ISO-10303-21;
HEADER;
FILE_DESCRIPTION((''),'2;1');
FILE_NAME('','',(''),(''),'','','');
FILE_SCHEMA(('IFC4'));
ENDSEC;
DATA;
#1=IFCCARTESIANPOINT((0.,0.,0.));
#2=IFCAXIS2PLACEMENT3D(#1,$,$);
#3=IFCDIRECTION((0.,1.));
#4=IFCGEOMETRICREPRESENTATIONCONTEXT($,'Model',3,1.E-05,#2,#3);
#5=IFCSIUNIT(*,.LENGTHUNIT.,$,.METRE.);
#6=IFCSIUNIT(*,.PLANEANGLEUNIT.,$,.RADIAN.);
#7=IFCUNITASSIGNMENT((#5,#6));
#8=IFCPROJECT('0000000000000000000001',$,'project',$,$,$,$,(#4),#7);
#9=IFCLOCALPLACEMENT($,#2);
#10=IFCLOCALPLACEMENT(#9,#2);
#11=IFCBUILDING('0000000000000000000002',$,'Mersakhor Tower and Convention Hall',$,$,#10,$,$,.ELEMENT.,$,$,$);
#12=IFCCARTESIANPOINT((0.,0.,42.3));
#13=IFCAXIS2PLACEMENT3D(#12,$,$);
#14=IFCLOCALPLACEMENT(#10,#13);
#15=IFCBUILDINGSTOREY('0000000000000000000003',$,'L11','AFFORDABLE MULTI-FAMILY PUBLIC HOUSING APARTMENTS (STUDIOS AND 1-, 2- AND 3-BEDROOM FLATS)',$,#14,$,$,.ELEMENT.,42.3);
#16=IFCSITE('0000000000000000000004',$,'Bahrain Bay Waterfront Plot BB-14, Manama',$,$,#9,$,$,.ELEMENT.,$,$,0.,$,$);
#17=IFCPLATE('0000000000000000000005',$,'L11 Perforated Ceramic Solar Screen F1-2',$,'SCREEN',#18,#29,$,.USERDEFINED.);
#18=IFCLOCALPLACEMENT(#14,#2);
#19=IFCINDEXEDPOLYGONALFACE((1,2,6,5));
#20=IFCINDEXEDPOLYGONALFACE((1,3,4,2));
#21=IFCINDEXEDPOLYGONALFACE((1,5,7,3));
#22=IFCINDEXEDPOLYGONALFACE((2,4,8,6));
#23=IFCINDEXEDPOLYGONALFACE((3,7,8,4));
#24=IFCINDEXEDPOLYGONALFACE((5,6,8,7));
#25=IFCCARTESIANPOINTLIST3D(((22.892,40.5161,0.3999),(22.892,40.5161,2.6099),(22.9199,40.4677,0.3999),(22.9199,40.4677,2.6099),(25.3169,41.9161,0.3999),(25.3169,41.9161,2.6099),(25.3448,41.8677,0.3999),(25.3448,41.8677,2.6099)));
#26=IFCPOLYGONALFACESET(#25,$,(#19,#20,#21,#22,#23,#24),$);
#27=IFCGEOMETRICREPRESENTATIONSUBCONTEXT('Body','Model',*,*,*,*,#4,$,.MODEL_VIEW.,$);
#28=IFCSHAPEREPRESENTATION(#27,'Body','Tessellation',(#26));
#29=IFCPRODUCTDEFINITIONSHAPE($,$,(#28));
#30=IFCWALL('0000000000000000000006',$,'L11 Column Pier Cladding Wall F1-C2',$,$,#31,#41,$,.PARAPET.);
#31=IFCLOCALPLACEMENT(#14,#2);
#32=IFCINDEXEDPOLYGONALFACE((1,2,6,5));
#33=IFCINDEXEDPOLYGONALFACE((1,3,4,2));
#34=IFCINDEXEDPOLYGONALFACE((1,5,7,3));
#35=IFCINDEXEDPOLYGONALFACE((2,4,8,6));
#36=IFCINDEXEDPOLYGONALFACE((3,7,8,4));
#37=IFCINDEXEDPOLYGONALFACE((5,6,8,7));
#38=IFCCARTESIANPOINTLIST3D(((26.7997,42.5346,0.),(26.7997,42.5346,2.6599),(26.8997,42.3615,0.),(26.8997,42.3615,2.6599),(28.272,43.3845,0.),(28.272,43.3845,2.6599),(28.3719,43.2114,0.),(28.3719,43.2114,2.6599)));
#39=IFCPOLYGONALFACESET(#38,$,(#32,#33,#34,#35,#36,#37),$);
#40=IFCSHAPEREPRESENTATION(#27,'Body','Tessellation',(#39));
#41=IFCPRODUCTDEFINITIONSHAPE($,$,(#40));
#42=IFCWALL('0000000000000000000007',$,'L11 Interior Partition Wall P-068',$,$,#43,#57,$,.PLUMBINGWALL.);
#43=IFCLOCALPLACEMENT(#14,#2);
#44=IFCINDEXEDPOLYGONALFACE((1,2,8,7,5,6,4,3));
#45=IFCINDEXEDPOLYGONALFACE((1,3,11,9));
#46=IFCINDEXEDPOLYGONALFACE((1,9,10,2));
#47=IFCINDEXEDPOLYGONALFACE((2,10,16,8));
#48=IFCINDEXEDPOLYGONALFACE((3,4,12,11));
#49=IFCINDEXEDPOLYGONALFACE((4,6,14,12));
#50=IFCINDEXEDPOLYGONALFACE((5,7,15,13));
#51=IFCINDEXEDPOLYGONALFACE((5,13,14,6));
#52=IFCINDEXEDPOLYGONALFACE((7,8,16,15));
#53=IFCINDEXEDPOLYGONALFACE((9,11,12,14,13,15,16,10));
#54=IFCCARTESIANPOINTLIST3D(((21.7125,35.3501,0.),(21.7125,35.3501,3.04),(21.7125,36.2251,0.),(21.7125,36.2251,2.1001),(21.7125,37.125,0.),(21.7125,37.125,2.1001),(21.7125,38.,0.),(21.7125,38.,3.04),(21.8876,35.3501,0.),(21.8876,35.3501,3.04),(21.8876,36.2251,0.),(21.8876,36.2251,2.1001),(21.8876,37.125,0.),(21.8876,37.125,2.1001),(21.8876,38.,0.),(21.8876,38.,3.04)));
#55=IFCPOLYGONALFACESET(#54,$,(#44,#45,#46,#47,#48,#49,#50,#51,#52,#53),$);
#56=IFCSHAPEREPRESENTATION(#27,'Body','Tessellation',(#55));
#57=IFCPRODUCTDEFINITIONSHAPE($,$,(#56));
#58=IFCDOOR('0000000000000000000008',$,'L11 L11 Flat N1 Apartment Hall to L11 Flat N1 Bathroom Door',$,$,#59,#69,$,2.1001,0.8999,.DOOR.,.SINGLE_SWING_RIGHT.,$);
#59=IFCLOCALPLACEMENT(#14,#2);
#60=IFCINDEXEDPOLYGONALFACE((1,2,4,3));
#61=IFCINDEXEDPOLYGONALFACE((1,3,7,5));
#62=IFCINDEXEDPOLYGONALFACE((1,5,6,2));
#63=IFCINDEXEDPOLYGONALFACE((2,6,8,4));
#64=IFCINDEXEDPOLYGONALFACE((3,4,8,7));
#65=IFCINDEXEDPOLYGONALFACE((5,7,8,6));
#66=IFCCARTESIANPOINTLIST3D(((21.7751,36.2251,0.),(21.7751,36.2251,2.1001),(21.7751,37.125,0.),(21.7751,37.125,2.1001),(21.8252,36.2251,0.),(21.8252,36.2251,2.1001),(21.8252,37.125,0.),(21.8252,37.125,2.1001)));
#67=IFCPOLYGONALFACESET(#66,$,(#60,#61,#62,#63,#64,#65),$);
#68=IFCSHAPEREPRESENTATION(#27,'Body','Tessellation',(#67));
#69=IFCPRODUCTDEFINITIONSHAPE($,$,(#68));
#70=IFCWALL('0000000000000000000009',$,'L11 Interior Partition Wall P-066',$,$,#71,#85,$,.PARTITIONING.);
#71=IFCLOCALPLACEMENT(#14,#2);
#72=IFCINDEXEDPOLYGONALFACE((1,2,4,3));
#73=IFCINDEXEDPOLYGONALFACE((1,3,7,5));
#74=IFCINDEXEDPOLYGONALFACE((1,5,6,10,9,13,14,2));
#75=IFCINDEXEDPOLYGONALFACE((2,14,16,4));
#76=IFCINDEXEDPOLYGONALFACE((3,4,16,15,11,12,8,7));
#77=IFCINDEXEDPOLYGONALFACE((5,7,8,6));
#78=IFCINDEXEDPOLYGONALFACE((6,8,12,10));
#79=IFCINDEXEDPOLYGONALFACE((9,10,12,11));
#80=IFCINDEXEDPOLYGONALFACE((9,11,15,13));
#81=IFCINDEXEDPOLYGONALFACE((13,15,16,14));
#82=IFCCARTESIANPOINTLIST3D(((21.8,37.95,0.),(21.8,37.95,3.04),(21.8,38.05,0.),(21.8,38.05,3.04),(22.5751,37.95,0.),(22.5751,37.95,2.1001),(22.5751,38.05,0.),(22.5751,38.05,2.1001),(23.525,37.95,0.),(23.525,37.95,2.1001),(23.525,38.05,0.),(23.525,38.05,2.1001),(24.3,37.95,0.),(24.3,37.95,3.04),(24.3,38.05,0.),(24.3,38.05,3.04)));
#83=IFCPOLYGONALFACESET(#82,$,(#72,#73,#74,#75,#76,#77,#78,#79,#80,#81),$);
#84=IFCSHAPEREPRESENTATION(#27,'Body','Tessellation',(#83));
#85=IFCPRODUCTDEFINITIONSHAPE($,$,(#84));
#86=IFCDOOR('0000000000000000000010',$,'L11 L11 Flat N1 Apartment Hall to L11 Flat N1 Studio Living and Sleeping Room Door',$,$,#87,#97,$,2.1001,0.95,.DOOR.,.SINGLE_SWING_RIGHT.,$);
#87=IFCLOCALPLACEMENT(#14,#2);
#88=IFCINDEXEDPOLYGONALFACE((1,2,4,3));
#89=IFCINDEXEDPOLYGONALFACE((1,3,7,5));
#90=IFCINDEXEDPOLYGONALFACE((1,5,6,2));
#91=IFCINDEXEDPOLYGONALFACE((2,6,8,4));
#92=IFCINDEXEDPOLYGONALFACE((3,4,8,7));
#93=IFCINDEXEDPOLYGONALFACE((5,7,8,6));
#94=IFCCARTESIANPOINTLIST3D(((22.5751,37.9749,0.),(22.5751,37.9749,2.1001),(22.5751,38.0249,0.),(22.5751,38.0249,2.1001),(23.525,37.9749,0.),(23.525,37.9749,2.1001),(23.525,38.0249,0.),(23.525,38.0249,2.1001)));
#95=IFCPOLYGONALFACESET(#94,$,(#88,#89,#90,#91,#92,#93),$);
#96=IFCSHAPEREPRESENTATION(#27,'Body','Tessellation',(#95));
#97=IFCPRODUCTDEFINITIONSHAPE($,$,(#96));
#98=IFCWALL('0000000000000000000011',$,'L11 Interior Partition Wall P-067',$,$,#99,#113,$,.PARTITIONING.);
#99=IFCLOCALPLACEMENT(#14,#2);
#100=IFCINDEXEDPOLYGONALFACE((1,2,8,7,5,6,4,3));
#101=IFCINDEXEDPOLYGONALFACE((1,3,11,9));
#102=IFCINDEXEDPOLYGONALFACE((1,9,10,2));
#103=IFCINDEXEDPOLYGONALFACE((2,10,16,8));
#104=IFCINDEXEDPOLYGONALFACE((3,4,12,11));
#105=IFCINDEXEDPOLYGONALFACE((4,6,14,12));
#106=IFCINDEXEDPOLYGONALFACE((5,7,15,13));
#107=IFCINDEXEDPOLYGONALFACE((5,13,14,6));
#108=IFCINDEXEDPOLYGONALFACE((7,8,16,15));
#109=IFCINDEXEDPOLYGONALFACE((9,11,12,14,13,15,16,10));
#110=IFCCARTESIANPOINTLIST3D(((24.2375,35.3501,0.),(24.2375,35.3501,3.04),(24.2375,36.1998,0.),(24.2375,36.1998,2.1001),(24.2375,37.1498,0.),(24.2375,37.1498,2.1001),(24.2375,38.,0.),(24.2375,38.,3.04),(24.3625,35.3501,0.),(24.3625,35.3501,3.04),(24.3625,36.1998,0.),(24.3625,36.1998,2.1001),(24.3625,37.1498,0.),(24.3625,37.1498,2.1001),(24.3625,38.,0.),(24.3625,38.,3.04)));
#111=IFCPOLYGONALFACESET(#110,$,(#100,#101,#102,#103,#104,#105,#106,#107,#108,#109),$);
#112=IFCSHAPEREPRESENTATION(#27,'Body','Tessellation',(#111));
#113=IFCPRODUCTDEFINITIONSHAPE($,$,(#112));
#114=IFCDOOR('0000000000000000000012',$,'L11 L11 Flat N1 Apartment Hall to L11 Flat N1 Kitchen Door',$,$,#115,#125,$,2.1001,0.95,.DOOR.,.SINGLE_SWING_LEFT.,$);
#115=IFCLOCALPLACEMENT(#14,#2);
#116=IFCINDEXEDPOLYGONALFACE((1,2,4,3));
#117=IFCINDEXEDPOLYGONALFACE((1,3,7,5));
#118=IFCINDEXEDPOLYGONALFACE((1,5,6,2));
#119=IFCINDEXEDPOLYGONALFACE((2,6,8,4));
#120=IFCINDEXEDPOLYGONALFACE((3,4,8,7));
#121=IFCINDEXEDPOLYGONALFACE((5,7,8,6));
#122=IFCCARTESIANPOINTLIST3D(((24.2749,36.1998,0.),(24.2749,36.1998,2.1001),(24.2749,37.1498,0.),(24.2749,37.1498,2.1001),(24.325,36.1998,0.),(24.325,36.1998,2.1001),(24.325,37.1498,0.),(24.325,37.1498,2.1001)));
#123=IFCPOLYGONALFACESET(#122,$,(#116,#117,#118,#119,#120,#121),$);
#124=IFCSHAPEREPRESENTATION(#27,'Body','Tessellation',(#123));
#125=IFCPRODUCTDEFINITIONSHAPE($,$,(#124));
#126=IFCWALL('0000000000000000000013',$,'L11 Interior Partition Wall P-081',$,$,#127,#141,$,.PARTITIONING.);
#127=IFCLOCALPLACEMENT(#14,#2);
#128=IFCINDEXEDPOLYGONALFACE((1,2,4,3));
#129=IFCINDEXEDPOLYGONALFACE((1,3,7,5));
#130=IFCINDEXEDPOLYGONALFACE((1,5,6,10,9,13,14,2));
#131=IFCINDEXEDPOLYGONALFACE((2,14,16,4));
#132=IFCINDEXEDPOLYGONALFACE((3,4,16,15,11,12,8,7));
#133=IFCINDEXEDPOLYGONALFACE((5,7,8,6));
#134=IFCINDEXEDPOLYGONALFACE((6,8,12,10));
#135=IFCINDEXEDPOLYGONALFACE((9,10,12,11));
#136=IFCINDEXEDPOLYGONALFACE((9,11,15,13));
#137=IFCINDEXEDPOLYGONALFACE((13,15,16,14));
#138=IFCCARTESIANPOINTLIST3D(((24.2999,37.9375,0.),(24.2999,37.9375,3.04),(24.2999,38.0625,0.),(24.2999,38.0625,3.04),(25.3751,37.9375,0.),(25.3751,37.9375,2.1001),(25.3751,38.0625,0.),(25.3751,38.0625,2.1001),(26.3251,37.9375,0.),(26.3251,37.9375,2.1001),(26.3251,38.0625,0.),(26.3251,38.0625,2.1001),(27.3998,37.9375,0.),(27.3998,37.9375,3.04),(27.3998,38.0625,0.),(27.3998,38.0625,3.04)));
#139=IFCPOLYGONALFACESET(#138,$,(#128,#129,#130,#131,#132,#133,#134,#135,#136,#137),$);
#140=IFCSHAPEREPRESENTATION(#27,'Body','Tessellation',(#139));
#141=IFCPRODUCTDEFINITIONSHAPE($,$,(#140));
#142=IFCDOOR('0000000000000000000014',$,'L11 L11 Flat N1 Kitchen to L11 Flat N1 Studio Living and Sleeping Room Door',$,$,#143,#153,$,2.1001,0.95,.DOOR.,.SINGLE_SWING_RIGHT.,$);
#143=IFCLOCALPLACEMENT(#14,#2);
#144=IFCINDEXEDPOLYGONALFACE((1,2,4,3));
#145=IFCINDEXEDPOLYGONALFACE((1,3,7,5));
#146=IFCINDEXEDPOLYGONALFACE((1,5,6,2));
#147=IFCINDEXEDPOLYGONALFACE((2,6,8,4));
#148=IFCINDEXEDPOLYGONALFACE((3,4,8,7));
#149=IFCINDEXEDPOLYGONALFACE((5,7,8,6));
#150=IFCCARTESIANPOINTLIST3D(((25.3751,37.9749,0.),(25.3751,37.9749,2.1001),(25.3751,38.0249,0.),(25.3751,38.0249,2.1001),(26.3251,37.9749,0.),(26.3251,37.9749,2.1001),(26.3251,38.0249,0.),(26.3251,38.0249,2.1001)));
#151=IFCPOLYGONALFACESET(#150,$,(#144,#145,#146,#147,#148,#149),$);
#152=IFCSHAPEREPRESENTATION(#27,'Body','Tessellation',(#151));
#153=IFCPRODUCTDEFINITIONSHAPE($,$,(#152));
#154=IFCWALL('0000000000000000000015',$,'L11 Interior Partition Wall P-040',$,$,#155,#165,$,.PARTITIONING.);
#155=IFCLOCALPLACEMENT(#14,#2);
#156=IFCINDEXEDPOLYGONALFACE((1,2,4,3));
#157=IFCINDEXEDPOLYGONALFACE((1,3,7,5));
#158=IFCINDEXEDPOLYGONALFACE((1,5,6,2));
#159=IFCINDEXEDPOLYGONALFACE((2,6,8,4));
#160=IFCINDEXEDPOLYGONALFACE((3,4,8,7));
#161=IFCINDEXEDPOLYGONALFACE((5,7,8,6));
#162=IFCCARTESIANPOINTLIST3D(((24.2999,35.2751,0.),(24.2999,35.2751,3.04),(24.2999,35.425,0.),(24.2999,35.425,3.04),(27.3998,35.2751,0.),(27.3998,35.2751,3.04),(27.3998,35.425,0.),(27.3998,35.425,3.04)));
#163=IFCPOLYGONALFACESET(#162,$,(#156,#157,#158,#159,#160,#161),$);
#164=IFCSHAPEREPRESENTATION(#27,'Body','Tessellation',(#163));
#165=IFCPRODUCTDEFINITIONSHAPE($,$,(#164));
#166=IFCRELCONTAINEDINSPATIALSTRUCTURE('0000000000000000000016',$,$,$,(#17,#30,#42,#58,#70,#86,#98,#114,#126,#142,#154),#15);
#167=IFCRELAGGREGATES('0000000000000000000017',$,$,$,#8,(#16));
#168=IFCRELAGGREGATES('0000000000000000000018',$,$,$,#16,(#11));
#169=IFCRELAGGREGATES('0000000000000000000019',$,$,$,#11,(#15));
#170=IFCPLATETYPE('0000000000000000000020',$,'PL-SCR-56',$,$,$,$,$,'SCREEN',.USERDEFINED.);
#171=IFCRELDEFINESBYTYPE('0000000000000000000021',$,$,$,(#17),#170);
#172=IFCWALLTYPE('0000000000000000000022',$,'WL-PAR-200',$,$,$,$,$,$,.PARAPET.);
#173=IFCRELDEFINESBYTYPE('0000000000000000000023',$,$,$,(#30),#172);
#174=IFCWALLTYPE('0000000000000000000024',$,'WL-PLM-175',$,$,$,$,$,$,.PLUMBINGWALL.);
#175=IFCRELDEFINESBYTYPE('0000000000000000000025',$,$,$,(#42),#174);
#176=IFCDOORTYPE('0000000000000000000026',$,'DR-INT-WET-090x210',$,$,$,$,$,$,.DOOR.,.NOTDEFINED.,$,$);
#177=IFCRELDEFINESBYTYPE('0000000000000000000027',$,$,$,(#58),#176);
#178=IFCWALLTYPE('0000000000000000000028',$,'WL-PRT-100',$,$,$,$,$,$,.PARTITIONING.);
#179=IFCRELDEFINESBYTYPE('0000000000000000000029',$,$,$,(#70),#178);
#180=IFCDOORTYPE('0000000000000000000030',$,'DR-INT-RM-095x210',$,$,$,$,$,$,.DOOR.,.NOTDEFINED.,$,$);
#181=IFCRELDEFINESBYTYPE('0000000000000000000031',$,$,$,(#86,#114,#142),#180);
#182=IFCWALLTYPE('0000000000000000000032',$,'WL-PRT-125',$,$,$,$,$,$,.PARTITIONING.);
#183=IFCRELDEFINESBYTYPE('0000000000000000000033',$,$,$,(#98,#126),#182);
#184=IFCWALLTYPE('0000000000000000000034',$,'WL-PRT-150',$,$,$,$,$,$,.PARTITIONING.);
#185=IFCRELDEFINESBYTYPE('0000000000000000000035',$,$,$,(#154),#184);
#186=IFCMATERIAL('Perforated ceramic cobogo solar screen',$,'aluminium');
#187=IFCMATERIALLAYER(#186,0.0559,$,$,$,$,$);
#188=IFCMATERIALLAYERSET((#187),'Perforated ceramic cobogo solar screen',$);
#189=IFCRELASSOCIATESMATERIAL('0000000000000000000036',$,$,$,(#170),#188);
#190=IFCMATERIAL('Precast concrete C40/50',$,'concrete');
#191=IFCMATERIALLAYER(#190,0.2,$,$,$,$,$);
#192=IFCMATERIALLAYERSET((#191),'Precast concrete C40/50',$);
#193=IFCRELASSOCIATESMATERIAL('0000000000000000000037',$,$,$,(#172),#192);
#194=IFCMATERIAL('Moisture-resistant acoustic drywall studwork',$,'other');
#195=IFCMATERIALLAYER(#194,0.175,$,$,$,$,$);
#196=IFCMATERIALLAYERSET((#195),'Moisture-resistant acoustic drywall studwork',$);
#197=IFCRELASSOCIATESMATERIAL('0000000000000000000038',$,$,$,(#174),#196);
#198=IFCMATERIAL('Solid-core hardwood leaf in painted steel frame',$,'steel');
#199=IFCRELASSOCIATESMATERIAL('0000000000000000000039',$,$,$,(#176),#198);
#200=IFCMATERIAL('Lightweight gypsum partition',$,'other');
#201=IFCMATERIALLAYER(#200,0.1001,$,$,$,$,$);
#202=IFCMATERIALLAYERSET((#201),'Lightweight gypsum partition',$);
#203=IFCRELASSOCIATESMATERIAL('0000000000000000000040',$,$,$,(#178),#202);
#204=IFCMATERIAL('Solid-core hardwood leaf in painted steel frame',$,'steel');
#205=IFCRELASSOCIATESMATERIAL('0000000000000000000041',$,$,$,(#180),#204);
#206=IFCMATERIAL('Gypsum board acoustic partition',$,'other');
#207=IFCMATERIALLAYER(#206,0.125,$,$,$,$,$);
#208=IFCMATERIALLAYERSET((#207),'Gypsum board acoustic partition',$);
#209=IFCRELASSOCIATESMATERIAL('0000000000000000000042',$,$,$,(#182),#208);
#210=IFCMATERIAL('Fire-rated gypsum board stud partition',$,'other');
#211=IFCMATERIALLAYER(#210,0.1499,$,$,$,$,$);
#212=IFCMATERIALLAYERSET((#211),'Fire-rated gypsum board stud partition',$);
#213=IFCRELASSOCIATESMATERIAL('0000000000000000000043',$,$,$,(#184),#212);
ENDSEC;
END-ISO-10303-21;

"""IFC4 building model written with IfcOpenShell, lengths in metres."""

from ifc_helpers import new_model, si_unit, direction, frame, frame_2d, origin, origin_2d, place, context, subcontext, project, spatial, rectangle, extrude, material, layer, layer_set, type_object, element, fill, save


model = new_model("IFC4")

# Units and contexts
model_context = context("Model", 3, precision=1e-05, world=origin(), true_north=direction((0.0, 1.0)))
body_context = subcontext(model_context, "Body", "Model", "MODEL_VIEW")
ifc_project = project(units=[si_unit("LENGTHUNIT", "METRE"), si_unit("PLANEANGLEUNIT", "RADIAN")], contexts=[model_context])

# Site, building, storey
site_placement = place(None, origin())
site = spatial("IfcSite", under=ifc_project, at=site_placement, Name="Bahrain Bay Waterfront Plot BB-14, Manama", CompositionType="ELEMENT", RefElevation=0.0)
building_placement = place(site_placement, origin())
building = spatial("IfcBuilding", under=site, at=building_placement, Name="Mersakhor Tower and Convention Hall", CompositionType="ELEMENT")
storey_placement = place(building_placement, frame((0.0, 0.0, 42.3)))
storey = spatial("IfcBuildingStorey", under=building, at=storey_placement, Name="L11", Description="AFFORDABLE MULTI-FAMILY PUBLIC HOUSING APARTMENTS (STUDIOS AND 1-, 2- AND 3-BEDROOM FLATS)", CompositionType="ELEMENT", Elevation=42.3)

# Plate
ifc_material_1 = material(Name="Perforated ceramic cobogo solar screen", Category="aluminium")
ifc_layer_1 = layer(ifc_material_1, 0.0559)
ifc_layer_set_1 = layer_set([ifc_layer_1], Name="Perforated ceramic cobogo solar screen")
plate_type_1 = type_object("IfcPlateType", Name="PL-SCR-56", ElementType="SCREEN", PredefinedType="USERDEFINED", material=ifc_layer_set_1)
plate_1_placement = place(storey_placement, frame((24.1184, 41.1919, 0.3999), z_axis=(0.0, 0.0, 1.0), x_axis=(0.866025, 0.5, 0.0)))
element("IfcPlate", 1, at=plate_1_placement, inside=storey, type_object=plate_type_1, Name="L11 Perforated Ceramic Solar Screen F1-2", ObjectType="SCREEN", PredefinedType="USERDEFINED", context=body_context, shape_type="SweptSolid", body=[
    extrude(rectangle(XDim=2.8, YDim=0.0559, at=origin_2d()), origin(), (0.0, 0.0, 1.0), 2.21),
])

# Wall
ifc_material_2 = material(Name="Precast concrete C40/50", Category="concrete")
ifc_layer_2 = layer(ifc_material_2, 0.2)
ifc_layer_set_2 = layer_set([ifc_layer_2], Name="Precast concrete C40/50")
wall_type_1 = type_object("IfcWallType", Name="WL-PAR-200", PredefinedType="PARAPET", material=ifc_layer_set_2)
wall_1_placement = place(storey_placement, frame((26.8496, 42.448, 0.0), z_axis=(0.0, 0.0, 1.0), x_axis=(0.866052, 0.499955, 0.0)))
element("IfcWall", 2, at=wall_1_placement, inside=storey, type_object=wall_type_1, Name="L11 Column Pier Cladding Wall F1-C2", PredefinedType="PARAPET", context=body_context, shape_type="SweptSolid", body=[
    extrude(rectangle(XDim=1.7, YDim=0.2, at=frame_2d((0.8501, 0.0))), origin(), (0.0, 0.0, 1.0), 2.6599),
])

# Walls, openings, doors
ifc_material_3 = material(Name="Moisture-resistant acoustic drywall studwork", Category="other")
ifc_layer_3 = layer(ifc_material_3, 0.175)
ifc_layer_set_3 = layer_set([ifc_layer_3], Name="Moisture-resistant acoustic drywall studwork")
wall_type_2 = type_object("IfcWallType", Name="WL-PLM-175", PredefinedType="PLUMBINGWALL", material=ifc_layer_set_3)
wall_2_placement = place(storey_placement, frame((21.8, 35.3501, 0.0), z_axis=(0.0, 0.0, 1.0), x_axis=(0.0, 1.0, 0.0)))
wall_2 = element("IfcWall", 3, at=wall_2_placement, inside=storey, type_object=wall_type_2, Name="L11 Interior Partition Wall P-068", PredefinedType="PLUMBINGWALL", context=body_context, shape_type="SweptSolid", body=[
    extrude(rectangle(XDim=2.6499, YDim=0.175, at=frame_2d((1.325, 0.0))), origin(), (0.0, 0.0, 1.0), 3.04),
])
opening_1_placement = place(wall_2_placement, frame((0.875, 0.0, 0.0)))
opening_1 = element("IfcOpeningElement", 4, at=opening_1_placement, cuts=wall_2, PredefinedType="OPENING", context=body_context, shape_type="SweptSolid", body=[
    extrude(rectangle(XDim=0.8999, YDim=2.1001, at=frame_2d((0.45, 1.05))), frame((0.0, 0.0974, 0.0), z_axis=(0.0, -1.0, 0.0), x_axis=(1.0, 0.0, 0.0)), (0.0, 0.0, 1.0), 0.1951),
])
ifc_material_4 = material(Name="Solid-core hardwood leaf in painted steel frame", Category="steel")
door_type_1 = type_object("IfcDoorType", Name="DR-INT-WET-090x210", OperationType="NOTDEFINED", PredefinedType="DOOR", material=ifc_material_4)
door_1_placement = place(opening_1_placement, origin())
door_1 = element("IfcDoor", 5, at=door_1_placement, inside=storey, type_object=door_type_1, Name="L11 L11 Flat N1 Apartment Hall to L11 Flat N1 Bathroom Door", OperationType="SINGLE_SWING_RIGHT", OverallHeight=2.1001, OverallWidth=0.8999, PredefinedType="DOOR", context=body_context, shape_type="SweptSolid", body=[
    extrude(rectangle(XDim=0.8999, YDim=2.1001, at=frame_2d((0.45, 1.05))), frame((0.0, 0.0249, 0.0), z_axis=(0.0, -1.0, 0.0), x_axis=(1.0, 0.0, 0.0)), (0.0, 0.0, 1.0), 0.05),
])
fill(opening_1, door_1)
ifc_material_5 = material(Name="Lightweight gypsum partition", Category="other")
ifc_layer_4 = layer(ifc_material_5, 0.1001)
ifc_layer_set_4 = layer_set([ifc_layer_4], Name="Lightweight gypsum partition")
wall_type_3 = type_object("IfcWallType", Name="WL-PRT-100", PredefinedType="PARTITIONING", material=ifc_layer_set_4)
wall_3_placement = place(storey_placement, frame((21.8, 38.0, 0.0), z_axis=(0.0, 0.0, 1.0), x_axis=(1.0, 0.0, 0.0)))
wall_3 = element("IfcWall", 6, at=wall_3_placement, inside=storey, type_object=wall_type_3, Name="L11 Interior Partition Wall P-066", PredefinedType="PARTITIONING", context=body_context, shape_type="SweptSolid", body=[
    extrude(rectangle(XDim=2.5, YDim=0.1001, at=frame_2d((1.25, 0.0))), origin(), (0.0, 0.0, 1.0), 3.04),
])
opening_2_placement = place(wall_3_placement, frame((0.7749, 0.0, 0.0)))
opening_2 = element("IfcOpeningElement", 7, at=opening_2_placement, cuts=wall_3, PredefinedType="OPENING", context=body_context, shape_type="SweptSolid", body=[
    extrude(rectangle(XDim=0.95, YDim=2.1001, at=frame_2d((0.4751, 1.05))), frame((0.0, 0.0601, 0.0), z_axis=(0.0, -1.0, 0.0), x_axis=(1.0, 0.0, 0.0)), (0.0, 0.0, 1.0), 0.1201),
])
ifc_material_6 = material(Name="Solid-core hardwood leaf in painted steel frame", Category="steel")
door_type_2 = type_object("IfcDoorType", Name="DR-INT-RM-095x210", OperationType="NOTDEFINED", PredefinedType="DOOR", material=ifc_material_6)
door_2_placement = place(opening_2_placement, origin())
door_2 = element("IfcDoor", 8, at=door_2_placement, inside=storey, type_object=door_type_2, Name="L11 L11 Flat N1 Apartment Hall to L11 Flat N1 Studio Living and Sleeping Room Door", OperationType="SINGLE_SWING_RIGHT", OverallHeight=2.1001, OverallWidth=0.95, PredefinedType="DOOR", context=body_context, shape_type="SweptSolid", body=[
    extrude(rectangle(XDim=0.95, YDim=2.1001, at=frame_2d((0.4751, 1.05))), frame((0.0, 0.0249, 0.0), z_axis=(0.0, -1.0, 0.0), x_axis=(1.0, 0.0, 0.0)), (0.0, 0.0, 1.0), 0.05),
])
fill(opening_2, door_2)
ifc_material_7 = material(Name="Gypsum board acoustic partition", Category="other")
ifc_layer_5 = layer(ifc_material_7, 0.125)
ifc_layer_set_5 = layer_set([ifc_layer_5], Name="Gypsum board acoustic partition")
wall_type_4 = type_object("IfcWallType", Name="WL-PRT-125", PredefinedType="PARTITIONING", material=ifc_layer_set_5)
wall_4_placement = place(storey_placement, frame((24.3, 38.0, 0.0), z_axis=(0.0, 0.0, 1.0), x_axis=(0.0, -1.0, 0.0)))
wall_4 = element("IfcWall", 9, at=wall_4_placement, inside=storey, type_object=wall_type_4, Name="L11 Interior Partition Wall P-067", PredefinedType="PARTITIONING", context=body_context, shape_type="SweptSolid", body=[
    extrude(rectangle(XDim=2.6499, YDim=0.125, at=frame_2d((1.325, 0.0))), origin(), (0.0, 0.0, 1.0), 3.04),
])
opening_3_placement = place(wall_4_placement, frame((0.8501, 0.0, 0.0)))
opening_3 = element("IfcOpeningElement", 10, at=opening_3_placement, cuts=wall_4, PredefinedType="OPENING", context=body_context, shape_type="SweptSolid", body=[
    extrude(rectangle(XDim=0.95, YDim=2.1001, at=frame_2d((0.4751, 1.05))), frame((0.0, 0.0725, 0.0), z_axis=(0.0, -1.0, 0.0), x_axis=(1.0, 0.0, 0.0)), (0.0, 0.0, 1.0), 0.145),
])
door_3_placement = place(opening_3_placement, origin())
door_3 = element("IfcDoor", 11, at=door_3_placement, inside=storey, type_object=door_type_2, Name="L11 L11 Flat N1 Apartment Hall to L11 Flat N1 Kitchen Door", OperationType="SINGLE_SWING_LEFT", OverallHeight=2.1001, OverallWidth=0.95, PredefinedType="DOOR", context=body_context, shape_type="SweptSolid", body=[
    extrude(rectangle(XDim=0.95, YDim=2.1001, at=frame_2d((0.4751, 1.05))), frame((0.0, 0.0249, 0.0), z_axis=(0.0, -1.0, 0.0), x_axis=(1.0, 0.0, 0.0)), (0.0, 0.0, 1.0), 0.05),
])
fill(opening_3, door_3)
wall_5_placement = place(storey_placement, frame((24.3, 38.0, 0.0), z_axis=(0.0, 0.0, 1.0), x_axis=(1.0, 0.0, 0.0)))
wall_5 = element("IfcWall", 12, at=wall_5_placement, inside=storey, type_object=wall_type_4, Name="L11 Interior Partition Wall P-081", PredefinedType="PARTITIONING", context=body_context, shape_type="SweptSolid", body=[
    extrude(rectangle(XDim=3.0999, YDim=0.125, at=frame_2d((1.5498, 0.0))), origin(), (0.0, 0.0, 1.0), 3.04),
])
opening_4_placement = place(wall_5_placement, frame((1.075, 0.0, 0.0)))
opening_4 = element("IfcOpeningElement", 13, at=opening_4_placement, cuts=wall_5, PredefinedType="OPENING", context=body_context, shape_type="SweptSolid", body=[
    extrude(rectangle(XDim=0.95, YDim=2.1001, at=frame_2d((0.4751, 1.05))), frame((0.0, 0.0725, 0.0), z_axis=(0.0, -1.0, 0.0), x_axis=(1.0, 0.0, 0.0)), (0.0, 0.0, 1.0), 0.145),
])
door_4_placement = place(opening_4_placement, origin())
door_4 = element("IfcDoor", 14, at=door_4_placement, inside=storey, type_object=door_type_2, Name="L11 L11 Flat N1 Kitchen to L11 Flat N1 Studio Living and Sleeping Room Door", OperationType="SINGLE_SWING_RIGHT", OverallHeight=2.1001, OverallWidth=0.95, PredefinedType="DOOR", context=body_context, shape_type="SweptSolid", body=[
    extrude(rectangle(XDim=0.95, YDim=2.1001, at=frame_2d((0.4751, 1.05))), frame((0.0, 0.0249, 0.0), z_axis=(0.0, -1.0, 0.0), x_axis=(1.0, 0.0, 0.0)), (0.0, 0.0, 1.0), 0.05),
])
fill(opening_4, door_4)
ifc_material_8 = material(Name="Fire-rated gypsum board stud partition", Category="other")
ifc_layer_6 = layer(ifc_material_8, 0.1499)
ifc_layer_set_6 = layer_set([ifc_layer_6], Name="Fire-rated gypsum board stud partition")
wall_type_5 = type_object("IfcWallType", Name="WL-PRT-150", PredefinedType="PARTITIONING", material=ifc_layer_set_6)

# Wall
wall_6_placement = place(storey_placement, frame((24.3, 35.3501, 0.0), z_axis=(0.0, 0.0, 1.0), x_axis=(1.0, 0.0, 0.0)))
element("IfcWall", 15, at=wall_6_placement, inside=storey, type_object=wall_type_5, Name="L11 Interior Partition Wall P-040", PredefinedType="PARTITIONING", context=body_context, shape_type="SweptSolid", body=[
    extrude(rectangle(XDim=3.0999, YDim=0.1499, at=frame_2d((1.5498, 0.0))), origin(), (0.0, 0.0, 1.0), 3.04),
])

save(model, "model.ifc")
